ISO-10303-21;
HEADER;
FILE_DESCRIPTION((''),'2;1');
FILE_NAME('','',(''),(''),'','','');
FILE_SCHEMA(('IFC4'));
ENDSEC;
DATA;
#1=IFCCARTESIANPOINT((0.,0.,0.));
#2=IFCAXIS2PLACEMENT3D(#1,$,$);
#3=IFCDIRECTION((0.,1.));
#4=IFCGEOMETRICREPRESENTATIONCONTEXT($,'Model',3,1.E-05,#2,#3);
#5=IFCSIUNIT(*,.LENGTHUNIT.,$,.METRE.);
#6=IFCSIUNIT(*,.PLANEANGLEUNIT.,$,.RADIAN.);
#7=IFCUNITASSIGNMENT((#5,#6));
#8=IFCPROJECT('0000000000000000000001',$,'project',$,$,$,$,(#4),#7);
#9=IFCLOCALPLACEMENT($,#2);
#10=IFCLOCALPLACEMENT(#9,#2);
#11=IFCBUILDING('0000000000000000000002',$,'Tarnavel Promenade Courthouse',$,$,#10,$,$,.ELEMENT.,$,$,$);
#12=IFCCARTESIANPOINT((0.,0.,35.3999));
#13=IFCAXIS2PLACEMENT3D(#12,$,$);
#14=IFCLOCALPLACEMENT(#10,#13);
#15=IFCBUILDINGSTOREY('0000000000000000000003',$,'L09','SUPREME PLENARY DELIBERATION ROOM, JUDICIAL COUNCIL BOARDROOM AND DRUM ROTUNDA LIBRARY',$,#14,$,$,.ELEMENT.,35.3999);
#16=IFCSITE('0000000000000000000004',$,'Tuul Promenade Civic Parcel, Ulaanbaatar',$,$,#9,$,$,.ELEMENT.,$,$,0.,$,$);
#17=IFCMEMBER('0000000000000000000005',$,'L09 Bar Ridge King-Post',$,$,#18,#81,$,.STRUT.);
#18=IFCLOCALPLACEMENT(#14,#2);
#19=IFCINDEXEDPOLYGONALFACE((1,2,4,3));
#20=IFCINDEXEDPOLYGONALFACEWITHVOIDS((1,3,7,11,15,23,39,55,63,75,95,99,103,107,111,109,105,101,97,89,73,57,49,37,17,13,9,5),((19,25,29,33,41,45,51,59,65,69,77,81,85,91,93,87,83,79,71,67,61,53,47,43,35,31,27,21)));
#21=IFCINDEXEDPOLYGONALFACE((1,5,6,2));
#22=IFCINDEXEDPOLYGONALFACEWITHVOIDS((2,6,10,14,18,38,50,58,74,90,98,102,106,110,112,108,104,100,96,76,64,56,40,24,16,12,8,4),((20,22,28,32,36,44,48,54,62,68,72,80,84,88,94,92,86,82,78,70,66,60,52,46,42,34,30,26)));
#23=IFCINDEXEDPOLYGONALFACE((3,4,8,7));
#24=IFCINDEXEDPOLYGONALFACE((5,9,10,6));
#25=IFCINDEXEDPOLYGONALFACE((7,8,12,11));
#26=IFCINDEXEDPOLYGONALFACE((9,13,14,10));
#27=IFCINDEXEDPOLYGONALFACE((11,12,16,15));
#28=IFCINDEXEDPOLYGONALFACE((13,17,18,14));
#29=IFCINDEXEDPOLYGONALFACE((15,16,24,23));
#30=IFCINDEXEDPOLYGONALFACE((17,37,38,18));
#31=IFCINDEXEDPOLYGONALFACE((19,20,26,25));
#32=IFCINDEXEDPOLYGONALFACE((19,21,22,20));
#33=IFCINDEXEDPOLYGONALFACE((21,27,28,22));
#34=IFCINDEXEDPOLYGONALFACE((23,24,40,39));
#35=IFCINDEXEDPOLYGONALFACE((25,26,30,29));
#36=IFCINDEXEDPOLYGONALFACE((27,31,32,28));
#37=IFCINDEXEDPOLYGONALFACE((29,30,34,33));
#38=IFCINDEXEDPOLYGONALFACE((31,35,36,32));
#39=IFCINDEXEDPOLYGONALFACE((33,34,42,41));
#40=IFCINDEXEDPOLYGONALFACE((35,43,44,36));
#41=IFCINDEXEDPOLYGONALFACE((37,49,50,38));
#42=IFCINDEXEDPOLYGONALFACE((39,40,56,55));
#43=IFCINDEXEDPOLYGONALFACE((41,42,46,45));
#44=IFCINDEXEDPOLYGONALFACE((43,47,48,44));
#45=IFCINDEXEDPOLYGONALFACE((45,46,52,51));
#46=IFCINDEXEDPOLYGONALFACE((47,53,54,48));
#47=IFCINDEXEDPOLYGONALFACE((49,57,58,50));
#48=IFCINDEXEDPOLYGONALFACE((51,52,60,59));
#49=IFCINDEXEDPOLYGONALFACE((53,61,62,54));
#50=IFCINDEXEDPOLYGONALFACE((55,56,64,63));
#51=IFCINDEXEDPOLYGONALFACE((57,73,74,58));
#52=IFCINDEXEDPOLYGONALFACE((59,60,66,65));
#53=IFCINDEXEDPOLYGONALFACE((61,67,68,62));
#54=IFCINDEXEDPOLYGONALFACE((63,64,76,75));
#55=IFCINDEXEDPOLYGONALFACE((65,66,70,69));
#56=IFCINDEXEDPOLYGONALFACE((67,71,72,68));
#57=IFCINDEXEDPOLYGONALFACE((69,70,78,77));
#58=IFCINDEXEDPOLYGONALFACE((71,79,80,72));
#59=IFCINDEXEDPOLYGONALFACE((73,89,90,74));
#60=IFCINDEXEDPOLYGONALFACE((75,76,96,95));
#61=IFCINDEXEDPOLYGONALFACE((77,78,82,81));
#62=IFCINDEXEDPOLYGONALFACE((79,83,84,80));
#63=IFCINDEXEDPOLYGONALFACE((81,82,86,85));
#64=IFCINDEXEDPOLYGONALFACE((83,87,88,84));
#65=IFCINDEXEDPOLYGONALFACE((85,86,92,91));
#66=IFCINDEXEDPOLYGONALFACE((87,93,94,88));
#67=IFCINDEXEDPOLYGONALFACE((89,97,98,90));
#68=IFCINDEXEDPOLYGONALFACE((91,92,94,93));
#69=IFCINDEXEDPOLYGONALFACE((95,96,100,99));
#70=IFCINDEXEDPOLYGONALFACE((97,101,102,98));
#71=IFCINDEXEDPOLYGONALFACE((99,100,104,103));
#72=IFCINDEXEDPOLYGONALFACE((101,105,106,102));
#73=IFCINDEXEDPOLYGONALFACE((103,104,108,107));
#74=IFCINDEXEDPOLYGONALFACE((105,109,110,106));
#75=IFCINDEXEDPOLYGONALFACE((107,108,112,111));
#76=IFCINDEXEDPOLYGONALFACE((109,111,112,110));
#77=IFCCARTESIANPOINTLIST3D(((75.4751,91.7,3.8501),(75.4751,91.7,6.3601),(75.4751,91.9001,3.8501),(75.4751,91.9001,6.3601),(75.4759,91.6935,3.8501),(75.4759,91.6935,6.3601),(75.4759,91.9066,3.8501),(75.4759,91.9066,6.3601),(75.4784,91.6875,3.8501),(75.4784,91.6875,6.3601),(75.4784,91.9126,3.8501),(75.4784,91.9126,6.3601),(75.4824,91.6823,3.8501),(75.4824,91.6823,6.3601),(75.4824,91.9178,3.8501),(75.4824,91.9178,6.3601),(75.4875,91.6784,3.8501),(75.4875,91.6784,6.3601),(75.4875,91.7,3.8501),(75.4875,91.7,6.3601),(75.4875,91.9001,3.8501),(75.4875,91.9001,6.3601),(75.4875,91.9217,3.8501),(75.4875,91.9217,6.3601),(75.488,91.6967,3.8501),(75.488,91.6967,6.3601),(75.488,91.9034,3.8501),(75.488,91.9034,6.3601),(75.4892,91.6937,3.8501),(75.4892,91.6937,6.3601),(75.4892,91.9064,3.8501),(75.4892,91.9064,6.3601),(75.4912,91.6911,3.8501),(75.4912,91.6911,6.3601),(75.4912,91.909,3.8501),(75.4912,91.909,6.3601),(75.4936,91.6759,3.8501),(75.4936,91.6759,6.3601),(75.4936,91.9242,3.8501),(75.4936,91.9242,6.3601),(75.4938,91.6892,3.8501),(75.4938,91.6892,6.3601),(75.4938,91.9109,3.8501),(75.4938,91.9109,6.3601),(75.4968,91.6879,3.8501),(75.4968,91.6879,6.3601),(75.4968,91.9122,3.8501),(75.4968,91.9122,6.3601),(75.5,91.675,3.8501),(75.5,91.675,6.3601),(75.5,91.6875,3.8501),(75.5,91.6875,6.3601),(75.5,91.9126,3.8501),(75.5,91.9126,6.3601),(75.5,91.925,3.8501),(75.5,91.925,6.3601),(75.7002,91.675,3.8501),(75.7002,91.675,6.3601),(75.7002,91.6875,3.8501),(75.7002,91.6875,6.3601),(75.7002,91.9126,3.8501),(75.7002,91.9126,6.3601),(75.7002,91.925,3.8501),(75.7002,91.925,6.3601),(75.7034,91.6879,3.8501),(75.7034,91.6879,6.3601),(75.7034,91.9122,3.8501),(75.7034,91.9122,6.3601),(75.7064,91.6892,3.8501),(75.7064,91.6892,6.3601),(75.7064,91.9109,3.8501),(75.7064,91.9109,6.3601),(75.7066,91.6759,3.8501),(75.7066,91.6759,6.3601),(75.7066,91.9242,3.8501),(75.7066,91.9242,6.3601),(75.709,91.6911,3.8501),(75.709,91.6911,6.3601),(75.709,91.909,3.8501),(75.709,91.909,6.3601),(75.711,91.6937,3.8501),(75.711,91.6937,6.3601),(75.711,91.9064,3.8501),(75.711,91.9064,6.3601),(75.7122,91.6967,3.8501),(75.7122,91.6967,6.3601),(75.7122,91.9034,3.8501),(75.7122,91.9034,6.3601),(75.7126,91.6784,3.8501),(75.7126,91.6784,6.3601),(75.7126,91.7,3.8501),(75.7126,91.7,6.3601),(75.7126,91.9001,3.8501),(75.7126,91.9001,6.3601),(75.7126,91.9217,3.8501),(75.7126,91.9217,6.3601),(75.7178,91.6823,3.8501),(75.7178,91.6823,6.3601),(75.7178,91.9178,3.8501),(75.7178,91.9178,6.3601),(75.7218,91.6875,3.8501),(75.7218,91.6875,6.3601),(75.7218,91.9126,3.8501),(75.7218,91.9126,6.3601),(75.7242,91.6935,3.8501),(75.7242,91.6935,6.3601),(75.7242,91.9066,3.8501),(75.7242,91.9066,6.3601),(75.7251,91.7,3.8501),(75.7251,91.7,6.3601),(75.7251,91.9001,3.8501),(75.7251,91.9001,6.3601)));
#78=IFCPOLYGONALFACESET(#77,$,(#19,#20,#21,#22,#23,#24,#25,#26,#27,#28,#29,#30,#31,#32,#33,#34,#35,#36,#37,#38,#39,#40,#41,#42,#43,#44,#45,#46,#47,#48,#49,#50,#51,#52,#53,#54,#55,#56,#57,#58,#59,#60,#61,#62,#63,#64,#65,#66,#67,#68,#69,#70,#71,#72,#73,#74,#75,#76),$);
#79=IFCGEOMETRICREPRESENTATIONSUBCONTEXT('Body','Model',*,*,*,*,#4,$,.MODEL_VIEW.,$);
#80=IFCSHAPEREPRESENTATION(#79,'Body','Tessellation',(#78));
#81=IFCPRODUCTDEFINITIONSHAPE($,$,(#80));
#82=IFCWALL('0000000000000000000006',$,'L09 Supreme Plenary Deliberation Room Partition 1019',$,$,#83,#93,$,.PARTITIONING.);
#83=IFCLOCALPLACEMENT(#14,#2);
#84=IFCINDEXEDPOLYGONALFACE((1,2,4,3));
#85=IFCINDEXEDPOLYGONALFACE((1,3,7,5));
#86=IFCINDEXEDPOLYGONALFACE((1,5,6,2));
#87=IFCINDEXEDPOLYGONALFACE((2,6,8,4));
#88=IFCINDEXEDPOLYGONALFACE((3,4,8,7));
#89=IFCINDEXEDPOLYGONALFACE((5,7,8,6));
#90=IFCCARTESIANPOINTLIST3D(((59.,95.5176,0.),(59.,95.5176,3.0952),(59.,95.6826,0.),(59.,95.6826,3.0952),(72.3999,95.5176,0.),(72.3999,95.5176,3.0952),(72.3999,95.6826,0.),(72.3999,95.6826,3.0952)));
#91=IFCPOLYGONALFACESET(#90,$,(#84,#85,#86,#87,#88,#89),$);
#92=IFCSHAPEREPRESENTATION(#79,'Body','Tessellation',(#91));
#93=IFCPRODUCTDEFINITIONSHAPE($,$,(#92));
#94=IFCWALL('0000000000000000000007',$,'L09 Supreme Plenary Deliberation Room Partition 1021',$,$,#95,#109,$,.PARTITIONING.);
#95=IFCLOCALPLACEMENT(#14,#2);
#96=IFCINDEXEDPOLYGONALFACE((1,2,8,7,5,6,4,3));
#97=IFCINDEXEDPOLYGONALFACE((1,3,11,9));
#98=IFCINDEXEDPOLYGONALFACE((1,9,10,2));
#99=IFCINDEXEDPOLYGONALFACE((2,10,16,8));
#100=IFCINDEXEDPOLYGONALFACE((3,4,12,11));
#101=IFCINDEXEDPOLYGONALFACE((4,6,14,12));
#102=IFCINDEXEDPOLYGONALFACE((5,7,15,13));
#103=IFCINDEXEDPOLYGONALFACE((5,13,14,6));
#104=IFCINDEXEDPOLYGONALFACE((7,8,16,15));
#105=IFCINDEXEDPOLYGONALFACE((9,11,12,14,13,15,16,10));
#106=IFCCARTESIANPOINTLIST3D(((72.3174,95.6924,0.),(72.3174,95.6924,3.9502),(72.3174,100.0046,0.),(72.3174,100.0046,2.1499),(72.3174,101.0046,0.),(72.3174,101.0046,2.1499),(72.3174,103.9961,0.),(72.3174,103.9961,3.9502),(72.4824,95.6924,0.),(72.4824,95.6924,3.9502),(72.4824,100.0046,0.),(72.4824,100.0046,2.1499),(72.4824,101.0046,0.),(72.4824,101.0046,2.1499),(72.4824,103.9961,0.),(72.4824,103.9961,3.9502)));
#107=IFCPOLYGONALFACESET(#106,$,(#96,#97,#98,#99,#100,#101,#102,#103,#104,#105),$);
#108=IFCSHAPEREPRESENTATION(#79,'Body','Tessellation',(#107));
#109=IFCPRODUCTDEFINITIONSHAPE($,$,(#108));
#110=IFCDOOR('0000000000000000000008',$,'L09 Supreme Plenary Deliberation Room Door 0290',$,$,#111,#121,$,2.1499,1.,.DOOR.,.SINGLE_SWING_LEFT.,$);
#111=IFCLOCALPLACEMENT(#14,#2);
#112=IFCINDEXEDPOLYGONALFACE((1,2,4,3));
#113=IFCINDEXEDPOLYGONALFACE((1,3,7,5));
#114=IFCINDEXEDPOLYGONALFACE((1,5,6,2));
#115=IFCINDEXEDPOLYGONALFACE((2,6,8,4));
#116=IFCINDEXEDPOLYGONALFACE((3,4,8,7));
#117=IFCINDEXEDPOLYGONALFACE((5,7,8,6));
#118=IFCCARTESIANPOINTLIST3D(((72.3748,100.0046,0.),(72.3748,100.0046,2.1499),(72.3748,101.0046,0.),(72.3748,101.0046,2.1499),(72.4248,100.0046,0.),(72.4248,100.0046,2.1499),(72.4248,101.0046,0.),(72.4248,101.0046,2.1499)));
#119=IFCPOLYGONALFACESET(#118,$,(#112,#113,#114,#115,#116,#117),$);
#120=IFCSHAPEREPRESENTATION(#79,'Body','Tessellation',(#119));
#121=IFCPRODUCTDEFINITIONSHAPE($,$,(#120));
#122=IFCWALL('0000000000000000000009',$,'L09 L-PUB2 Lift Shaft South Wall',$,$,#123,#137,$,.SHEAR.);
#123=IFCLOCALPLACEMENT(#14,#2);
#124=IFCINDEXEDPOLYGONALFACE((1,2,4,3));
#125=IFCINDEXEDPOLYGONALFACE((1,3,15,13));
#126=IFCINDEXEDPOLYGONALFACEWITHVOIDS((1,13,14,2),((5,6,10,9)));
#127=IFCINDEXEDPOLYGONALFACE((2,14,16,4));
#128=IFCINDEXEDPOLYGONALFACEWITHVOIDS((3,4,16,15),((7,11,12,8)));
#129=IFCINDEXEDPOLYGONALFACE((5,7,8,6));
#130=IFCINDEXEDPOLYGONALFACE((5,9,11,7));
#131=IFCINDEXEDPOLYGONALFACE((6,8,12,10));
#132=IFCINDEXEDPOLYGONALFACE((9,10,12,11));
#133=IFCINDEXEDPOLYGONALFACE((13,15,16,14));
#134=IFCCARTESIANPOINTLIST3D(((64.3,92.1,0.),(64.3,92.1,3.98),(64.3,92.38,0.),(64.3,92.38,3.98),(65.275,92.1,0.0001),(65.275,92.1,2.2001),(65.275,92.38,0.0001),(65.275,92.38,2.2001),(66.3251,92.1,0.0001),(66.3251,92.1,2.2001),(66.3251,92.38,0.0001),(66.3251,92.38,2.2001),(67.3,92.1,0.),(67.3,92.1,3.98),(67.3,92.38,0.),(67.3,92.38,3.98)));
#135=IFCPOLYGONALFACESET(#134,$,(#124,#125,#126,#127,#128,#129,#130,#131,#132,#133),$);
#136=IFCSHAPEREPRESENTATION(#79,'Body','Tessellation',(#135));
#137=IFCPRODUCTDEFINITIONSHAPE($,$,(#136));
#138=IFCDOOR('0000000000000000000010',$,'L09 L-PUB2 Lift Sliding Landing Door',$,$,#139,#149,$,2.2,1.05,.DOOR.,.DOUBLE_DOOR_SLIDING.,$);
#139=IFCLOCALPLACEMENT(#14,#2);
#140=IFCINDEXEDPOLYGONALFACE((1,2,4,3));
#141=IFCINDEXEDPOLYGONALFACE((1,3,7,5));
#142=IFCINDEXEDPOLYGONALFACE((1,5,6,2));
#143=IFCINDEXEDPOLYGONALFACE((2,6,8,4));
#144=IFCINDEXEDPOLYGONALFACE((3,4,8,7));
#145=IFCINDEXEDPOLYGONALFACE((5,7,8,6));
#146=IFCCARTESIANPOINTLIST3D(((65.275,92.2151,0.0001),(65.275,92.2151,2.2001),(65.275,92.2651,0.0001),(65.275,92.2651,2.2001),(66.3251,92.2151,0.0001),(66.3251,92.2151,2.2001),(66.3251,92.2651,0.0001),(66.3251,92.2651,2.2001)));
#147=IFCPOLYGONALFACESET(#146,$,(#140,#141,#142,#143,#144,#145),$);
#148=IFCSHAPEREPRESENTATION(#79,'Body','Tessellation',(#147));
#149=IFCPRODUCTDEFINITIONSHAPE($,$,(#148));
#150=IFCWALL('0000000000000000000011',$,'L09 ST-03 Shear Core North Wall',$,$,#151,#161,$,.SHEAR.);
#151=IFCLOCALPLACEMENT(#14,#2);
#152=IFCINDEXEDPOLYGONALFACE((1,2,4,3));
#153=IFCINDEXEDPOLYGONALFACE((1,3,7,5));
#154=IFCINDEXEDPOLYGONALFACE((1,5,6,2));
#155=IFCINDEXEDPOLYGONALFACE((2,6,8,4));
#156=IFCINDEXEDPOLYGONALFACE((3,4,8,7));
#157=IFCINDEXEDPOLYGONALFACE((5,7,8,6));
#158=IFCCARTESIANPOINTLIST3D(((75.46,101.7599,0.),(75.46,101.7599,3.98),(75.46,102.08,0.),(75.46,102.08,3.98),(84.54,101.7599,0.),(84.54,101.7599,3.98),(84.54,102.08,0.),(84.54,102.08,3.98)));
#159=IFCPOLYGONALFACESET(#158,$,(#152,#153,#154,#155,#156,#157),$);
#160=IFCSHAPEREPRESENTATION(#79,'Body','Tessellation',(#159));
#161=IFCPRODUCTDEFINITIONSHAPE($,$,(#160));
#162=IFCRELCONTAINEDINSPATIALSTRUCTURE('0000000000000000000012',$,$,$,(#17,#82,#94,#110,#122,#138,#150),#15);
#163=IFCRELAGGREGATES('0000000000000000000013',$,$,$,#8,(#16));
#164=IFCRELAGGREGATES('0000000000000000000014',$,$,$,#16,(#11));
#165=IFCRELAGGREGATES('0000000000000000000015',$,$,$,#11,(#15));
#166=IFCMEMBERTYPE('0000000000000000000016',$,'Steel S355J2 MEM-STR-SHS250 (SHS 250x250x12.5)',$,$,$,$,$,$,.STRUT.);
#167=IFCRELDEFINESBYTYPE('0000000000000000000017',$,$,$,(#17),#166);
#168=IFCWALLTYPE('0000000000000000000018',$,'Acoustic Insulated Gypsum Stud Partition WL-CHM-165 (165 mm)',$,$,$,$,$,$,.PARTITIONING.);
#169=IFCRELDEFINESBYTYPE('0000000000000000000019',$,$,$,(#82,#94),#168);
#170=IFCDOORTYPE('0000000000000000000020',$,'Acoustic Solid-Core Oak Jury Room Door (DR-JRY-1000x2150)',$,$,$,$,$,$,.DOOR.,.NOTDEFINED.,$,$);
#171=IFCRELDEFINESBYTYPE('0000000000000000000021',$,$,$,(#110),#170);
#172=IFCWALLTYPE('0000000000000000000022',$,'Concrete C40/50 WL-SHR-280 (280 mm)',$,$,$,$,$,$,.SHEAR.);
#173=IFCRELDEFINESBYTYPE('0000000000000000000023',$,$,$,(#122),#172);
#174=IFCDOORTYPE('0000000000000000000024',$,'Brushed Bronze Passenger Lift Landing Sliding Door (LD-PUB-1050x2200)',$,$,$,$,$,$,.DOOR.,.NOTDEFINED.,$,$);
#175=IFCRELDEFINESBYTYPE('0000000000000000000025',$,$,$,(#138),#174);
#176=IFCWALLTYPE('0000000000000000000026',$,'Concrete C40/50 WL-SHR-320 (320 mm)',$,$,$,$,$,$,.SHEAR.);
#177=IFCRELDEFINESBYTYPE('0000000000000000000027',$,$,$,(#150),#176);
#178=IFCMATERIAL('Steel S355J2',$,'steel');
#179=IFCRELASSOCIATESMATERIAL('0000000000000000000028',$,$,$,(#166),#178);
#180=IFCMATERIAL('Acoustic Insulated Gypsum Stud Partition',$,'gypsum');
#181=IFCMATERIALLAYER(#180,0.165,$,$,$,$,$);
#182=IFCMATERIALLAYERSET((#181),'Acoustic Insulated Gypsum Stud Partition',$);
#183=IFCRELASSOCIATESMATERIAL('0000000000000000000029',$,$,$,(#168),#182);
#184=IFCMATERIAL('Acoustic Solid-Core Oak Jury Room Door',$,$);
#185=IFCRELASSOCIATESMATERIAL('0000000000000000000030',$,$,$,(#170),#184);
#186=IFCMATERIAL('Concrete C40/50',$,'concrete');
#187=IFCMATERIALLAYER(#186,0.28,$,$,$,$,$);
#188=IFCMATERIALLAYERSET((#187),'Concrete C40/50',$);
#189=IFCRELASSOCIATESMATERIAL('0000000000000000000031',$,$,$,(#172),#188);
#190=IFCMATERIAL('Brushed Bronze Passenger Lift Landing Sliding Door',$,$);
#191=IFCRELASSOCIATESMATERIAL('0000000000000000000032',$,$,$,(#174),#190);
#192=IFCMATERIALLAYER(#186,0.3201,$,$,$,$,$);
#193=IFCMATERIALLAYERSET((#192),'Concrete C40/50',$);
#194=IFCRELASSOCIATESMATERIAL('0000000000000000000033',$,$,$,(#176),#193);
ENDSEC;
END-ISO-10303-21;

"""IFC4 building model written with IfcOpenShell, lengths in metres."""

from ifc_helpers import new_model, si_unit, direction, frame, frame_2d, origin, origin_2d, place, context, subcontext, project, spatial, rectangle, hollow_rectangle, extrude, material, layer, layer_set, material_profile, profile_set, type_object, element, fill, save


model = new_model("IFC4")

# Units and contexts
model_context = context("Model", 3, precision=1e-05, world=origin(), true_north=direction((0.0, 1.0)))
body_context = subcontext(model_context, "Body", "Model", "MODEL_VIEW")
ifc_project = project(units=[si_unit("LENGTHUNIT", "METRE"), si_unit("PLANEANGLEUNIT", "RADIAN")], contexts=[model_context])

# Site, building, storey
site_placement = place(None, origin())
site = spatial("IfcSite", under=ifc_project, at=site_placement, Name="Tuul Promenade Civic Parcel, Ulaanbaatar", CompositionType="ELEMENT", RefElevation=0.0)
building_placement = place(site_placement, origin())
building = spatial("IfcBuilding", under=site, at=building_placement, Name="Tarnavel Promenade Courthouse", CompositionType="ELEMENT")
storey_placement = place(building_placement, frame((0.0, 0.0, 35.3999)))
storey = spatial("IfcBuildingStorey", under=building, at=storey_placement, Name="L09", Description="SUPREME PLENARY DELIBERATION ROOM, JUDICIAL COUNCIL BOARDROOM AND DRUM ROTUNDA LIBRARY", CompositionType="ELEMENT", Elevation=35.3999)

# Shared definitions
ifc_material_1 = material(Name="Concrete C40/50", Category="concrete")

# Shared definitions
ifc_material_2 = material(Name="Steel S355J2", Category="steel")

# Member
ifc_material_profile_1 = material_profile(ifc_material_2, hollow_rectangle(XDim=0.25, YDim=0.25, WallThickness=0.0125, InnerFilletRadius=0.0125, OuterFilletRadius=0.0249, at=origin_2d()), Name="SHS 250x250x12.5")
ifc_profile_set_1 = profile_set([ifc_material_profile_1], Name="Steel S355J2")
member_type_1 = type_object("IfcMemberType", Name="Steel S355J2 MEM-STR-SHS250 (SHS 250x250x12.5)", PredefinedType="STRUT", material=ifc_profile_set_1)
for number, where, z_axis, x_axis, name in (
    (1, (75.6001, 91.8, 3.8501), (0.0, 0.0, 1.0), (1.0, 0.0, 0.0), "L09 Bar Ridge King-Post"),
):
    element("IfcMember", number, at=place(storey_placement, frame(where, z_axis=z_axis, x_axis=x_axis)), inside=storey, type_object=member_type_1, Name=name, PredefinedType="STRUT", context=body_context, shape_type="SweptSolid", body=[
        extrude(hollow_rectangle(XDim=0.25, YDim=0.25, WallThickness=0.0125, InnerFilletRadius=0.0125, OuterFilletRadius=0.0249, at=origin_2d()), origin(), (0.0, 0.0, 1.0), 2.51),
    ])

# Wall
ifc_material_3 = material(Name="Acoustic Insulated Gypsum Stud Partition", Category="gypsum")
ifc_layer_1 = layer(ifc_material_3, 0.165)
ifc_layer_set_1 = layer_set([ifc_layer_1], Name="Acoustic Insulated Gypsum Stud Partition")
wall_type_1 = type_object("IfcWallType", Name="Acoustic Insulated Gypsum Stud Partition WL-CHM-165 (165 mm)", PredefinedType="PARTITIONING", material=ifc_layer_set_1)
wall_1_placement = place(storey_placement, frame((72.3999, 95.6001, 0.0), z_axis=(0.0, 0.0, 1.0), x_axis=(-1.0, 0.0, 0.0)))
element("IfcWall", 2, at=wall_1_placement, inside=storey, type_object=wall_type_1, Name="L09 Supreme Plenary Deliberation Room Partition 1019", PredefinedType="PARTITIONING", context=body_context, shape_type="SweptSolid", body=[
    extrude(rectangle(XDim=13.3999, YDim=0.165, at=frame_2d((6.7, 0.0))), origin(), (0.0, 0.0, 1.0), 3.0952),
])

# Walls, openings, doors
wall_2_placement = place(storey_placement, frame((72.3999, 103.9961, 0.0), z_axis=(0.0, 0.0, 1.0), x_axis=(0.0, -1.0, 0.0)))
wall_2 = element("IfcWall", 3, at=wall_2_placement, inside=storey, type_object=wall_type_1, Name="L09 Supreme Plenary Deliberation Room Partition 1021", PredefinedType="PARTITIONING", context=body_context, shape_type="SweptSolid", body=[
    extrude(rectangle(XDim=8.3037, YDim=0.165, at=frame_2d((4.1519, 0.0))), origin(), (0.0, 0.0, 1.0), 3.9502),
])
opening_1_placement = place(wall_2_placement, frame((2.9915, 0.0, 0.0)))
opening_1 = element("IfcOpeningElement", 4, at=opening_1_placement, cuts=wall_2, PredefinedType="OPENING", context=body_context, shape_type="SweptSolid", body=[
    extrude(rectangle(XDim=1.0, YDim=2.1499, at=frame_2d((0.5, 1.075))), frame((0.0, 0.0925, 0.0), z_axis=(0.0, -1.0, 0.0), x_axis=(1.0, 0.0, 0.0)), (0.0, 0.0, 1.0), 0.1851),
])
ifc_material_4 = material(Name="Acoustic Solid-Core Oak Jury Room Door")
door_type_1 = type_object("IfcDoorType", Name="Acoustic Solid-Core Oak Jury Room Door (DR-JRY-1000x2150)", OperationType="NOTDEFINED", PredefinedType="DOOR", material=ifc_material_4)
door_1_placement = place(opening_1_placement, origin())
door_1 = element("IfcDoor", 5, at=door_1_placement, inside=storey, type_object=door_type_1, Name="L09 Supreme Plenary Deliberation Room Door 0290", OperationType="SINGLE_SWING_LEFT", OverallHeight=2.1499, OverallWidth=1.0, PredefinedType="DOOR", context=body_context, shape_type="SweptSolid", body=[
    extrude(rectangle(XDim=1.0, YDim=2.1499, at=frame_2d((0.5, 1.075))), frame((0.0, 0.0249, 0.0), z_axis=(0.0, -1.0, 0.0), x_axis=(1.0, 0.0, 0.0)), (0.0, 0.0, 1.0), 0.05),
])
fill(opening_1, door_1)
ifc_layer_2 = layer(ifc_material_1, 0.28)
ifc_layer_set_2 = layer_set([ifc_layer_2], Name="Concrete C40/50")
wall_type_2 = type_object("IfcWallType", Name="Concrete C40/50 WL-SHR-280 (280 mm)", PredefinedType="SHEAR", material=ifc_layer_set_2)
wall_3_placement = place(storey_placement, frame((67.3, 92.24, 0.0), z_axis=(0.0, 0.0, 1.0), x_axis=(-1.0, 0.0, 0.0)))
wall_3 = element("IfcWall", 6, at=wall_3_placement, inside=storey, type_object=wall_type_2, Name="L09 L-PUB2 Lift Shaft South Wall", PredefinedType="SHEAR", context=body_context, shape_type="SweptSolid", body=[
    extrude(rectangle(XDim=3.0, YDim=0.28, at=frame_2d((1.5, 0.0))), origin(), (0.0, 0.0, 1.0), 3.98),
])
opening_2_placement = place(wall_3_placement, frame((0.9751, 0.0, 0.0)))
opening_2 = element("IfcOpeningElement", 7, at=opening_2_placement, cuts=wall_3, PredefinedType="OPENING", context=body_context, shape_type="SweptSolid", body=[
    extrude(rectangle(XDim=1.05, YDim=2.2, at=frame_2d((0.5249, 1.1001))), frame((0.0, 0.1499, 0.0), z_axis=(0.0, -1.0, 0.0), x_axis=(1.0, 0.0, 0.0)), (0.0, 0.0, 1.0), 0.3),
])
ifc_material_5 = material(Name="Brushed Bronze Passenger Lift Landing Sliding Door")
door_type_2 = type_object("IfcDoorType", Name="Brushed Bronze Passenger Lift Landing Sliding Door (LD-PUB-1050x2200)", OperationType="NOTDEFINED", PredefinedType="DOOR", material=ifc_material_5)
door_2_placement = place(opening_2_placement, origin())
door_2 = element("IfcDoor", 8, at=door_2_placement, inside=storey, type_object=door_type_2, Name="L09 L-PUB2 Lift Sliding Landing Door", OperationType="DOUBLE_DOOR_SLIDING", OverallHeight=2.2, OverallWidth=1.05, PredefinedType="DOOR", context=body_context, shape_type="SweptSolid", body=[
    extrude(rectangle(XDim=1.05, YDim=2.2, at=frame_2d((0.5249, 1.1001))), frame((0.0, 0.0249, 0.0), z_axis=(0.0, -1.0, 0.0), x_axis=(1.0, 0.0, 0.0)), (0.0, 0.0, 1.0), 0.05),
])
fill(opening_2, door_2)

# Wall
ifc_layer_3 = layer(ifc_material_1, 0.3201)
ifc_layer_set_3 = layer_set([ifc_layer_3], Name="Concrete C40/50")
wall_type_3 = type_object("IfcWallType", Name="Concrete C40/50 WL-SHR-320 (320 mm)", PredefinedType="SHEAR", material=ifc_layer_set_3)
wall_4_placement = place(storey_placement, frame((75.46, 101.9199, 0.0), z_axis=(0.0, 0.0, 1.0), x_axis=(1.0, 0.0, 0.0)))
element("IfcWall", 9, at=wall_4_placement, inside=storey, type_object=wall_type_3, Name="L09 ST-03 Shear Core North Wall", PredefinedType="SHEAR", context=body_context, shape_type="SweptSolid", body=[
    extrude(rectangle(XDim=9.0801, YDim=0.3201, at=frame_2d((4.54, 0.0))), origin(), (0.0, 0.0, 1.0), 3.98),
])

save(model, "model.ifc")
